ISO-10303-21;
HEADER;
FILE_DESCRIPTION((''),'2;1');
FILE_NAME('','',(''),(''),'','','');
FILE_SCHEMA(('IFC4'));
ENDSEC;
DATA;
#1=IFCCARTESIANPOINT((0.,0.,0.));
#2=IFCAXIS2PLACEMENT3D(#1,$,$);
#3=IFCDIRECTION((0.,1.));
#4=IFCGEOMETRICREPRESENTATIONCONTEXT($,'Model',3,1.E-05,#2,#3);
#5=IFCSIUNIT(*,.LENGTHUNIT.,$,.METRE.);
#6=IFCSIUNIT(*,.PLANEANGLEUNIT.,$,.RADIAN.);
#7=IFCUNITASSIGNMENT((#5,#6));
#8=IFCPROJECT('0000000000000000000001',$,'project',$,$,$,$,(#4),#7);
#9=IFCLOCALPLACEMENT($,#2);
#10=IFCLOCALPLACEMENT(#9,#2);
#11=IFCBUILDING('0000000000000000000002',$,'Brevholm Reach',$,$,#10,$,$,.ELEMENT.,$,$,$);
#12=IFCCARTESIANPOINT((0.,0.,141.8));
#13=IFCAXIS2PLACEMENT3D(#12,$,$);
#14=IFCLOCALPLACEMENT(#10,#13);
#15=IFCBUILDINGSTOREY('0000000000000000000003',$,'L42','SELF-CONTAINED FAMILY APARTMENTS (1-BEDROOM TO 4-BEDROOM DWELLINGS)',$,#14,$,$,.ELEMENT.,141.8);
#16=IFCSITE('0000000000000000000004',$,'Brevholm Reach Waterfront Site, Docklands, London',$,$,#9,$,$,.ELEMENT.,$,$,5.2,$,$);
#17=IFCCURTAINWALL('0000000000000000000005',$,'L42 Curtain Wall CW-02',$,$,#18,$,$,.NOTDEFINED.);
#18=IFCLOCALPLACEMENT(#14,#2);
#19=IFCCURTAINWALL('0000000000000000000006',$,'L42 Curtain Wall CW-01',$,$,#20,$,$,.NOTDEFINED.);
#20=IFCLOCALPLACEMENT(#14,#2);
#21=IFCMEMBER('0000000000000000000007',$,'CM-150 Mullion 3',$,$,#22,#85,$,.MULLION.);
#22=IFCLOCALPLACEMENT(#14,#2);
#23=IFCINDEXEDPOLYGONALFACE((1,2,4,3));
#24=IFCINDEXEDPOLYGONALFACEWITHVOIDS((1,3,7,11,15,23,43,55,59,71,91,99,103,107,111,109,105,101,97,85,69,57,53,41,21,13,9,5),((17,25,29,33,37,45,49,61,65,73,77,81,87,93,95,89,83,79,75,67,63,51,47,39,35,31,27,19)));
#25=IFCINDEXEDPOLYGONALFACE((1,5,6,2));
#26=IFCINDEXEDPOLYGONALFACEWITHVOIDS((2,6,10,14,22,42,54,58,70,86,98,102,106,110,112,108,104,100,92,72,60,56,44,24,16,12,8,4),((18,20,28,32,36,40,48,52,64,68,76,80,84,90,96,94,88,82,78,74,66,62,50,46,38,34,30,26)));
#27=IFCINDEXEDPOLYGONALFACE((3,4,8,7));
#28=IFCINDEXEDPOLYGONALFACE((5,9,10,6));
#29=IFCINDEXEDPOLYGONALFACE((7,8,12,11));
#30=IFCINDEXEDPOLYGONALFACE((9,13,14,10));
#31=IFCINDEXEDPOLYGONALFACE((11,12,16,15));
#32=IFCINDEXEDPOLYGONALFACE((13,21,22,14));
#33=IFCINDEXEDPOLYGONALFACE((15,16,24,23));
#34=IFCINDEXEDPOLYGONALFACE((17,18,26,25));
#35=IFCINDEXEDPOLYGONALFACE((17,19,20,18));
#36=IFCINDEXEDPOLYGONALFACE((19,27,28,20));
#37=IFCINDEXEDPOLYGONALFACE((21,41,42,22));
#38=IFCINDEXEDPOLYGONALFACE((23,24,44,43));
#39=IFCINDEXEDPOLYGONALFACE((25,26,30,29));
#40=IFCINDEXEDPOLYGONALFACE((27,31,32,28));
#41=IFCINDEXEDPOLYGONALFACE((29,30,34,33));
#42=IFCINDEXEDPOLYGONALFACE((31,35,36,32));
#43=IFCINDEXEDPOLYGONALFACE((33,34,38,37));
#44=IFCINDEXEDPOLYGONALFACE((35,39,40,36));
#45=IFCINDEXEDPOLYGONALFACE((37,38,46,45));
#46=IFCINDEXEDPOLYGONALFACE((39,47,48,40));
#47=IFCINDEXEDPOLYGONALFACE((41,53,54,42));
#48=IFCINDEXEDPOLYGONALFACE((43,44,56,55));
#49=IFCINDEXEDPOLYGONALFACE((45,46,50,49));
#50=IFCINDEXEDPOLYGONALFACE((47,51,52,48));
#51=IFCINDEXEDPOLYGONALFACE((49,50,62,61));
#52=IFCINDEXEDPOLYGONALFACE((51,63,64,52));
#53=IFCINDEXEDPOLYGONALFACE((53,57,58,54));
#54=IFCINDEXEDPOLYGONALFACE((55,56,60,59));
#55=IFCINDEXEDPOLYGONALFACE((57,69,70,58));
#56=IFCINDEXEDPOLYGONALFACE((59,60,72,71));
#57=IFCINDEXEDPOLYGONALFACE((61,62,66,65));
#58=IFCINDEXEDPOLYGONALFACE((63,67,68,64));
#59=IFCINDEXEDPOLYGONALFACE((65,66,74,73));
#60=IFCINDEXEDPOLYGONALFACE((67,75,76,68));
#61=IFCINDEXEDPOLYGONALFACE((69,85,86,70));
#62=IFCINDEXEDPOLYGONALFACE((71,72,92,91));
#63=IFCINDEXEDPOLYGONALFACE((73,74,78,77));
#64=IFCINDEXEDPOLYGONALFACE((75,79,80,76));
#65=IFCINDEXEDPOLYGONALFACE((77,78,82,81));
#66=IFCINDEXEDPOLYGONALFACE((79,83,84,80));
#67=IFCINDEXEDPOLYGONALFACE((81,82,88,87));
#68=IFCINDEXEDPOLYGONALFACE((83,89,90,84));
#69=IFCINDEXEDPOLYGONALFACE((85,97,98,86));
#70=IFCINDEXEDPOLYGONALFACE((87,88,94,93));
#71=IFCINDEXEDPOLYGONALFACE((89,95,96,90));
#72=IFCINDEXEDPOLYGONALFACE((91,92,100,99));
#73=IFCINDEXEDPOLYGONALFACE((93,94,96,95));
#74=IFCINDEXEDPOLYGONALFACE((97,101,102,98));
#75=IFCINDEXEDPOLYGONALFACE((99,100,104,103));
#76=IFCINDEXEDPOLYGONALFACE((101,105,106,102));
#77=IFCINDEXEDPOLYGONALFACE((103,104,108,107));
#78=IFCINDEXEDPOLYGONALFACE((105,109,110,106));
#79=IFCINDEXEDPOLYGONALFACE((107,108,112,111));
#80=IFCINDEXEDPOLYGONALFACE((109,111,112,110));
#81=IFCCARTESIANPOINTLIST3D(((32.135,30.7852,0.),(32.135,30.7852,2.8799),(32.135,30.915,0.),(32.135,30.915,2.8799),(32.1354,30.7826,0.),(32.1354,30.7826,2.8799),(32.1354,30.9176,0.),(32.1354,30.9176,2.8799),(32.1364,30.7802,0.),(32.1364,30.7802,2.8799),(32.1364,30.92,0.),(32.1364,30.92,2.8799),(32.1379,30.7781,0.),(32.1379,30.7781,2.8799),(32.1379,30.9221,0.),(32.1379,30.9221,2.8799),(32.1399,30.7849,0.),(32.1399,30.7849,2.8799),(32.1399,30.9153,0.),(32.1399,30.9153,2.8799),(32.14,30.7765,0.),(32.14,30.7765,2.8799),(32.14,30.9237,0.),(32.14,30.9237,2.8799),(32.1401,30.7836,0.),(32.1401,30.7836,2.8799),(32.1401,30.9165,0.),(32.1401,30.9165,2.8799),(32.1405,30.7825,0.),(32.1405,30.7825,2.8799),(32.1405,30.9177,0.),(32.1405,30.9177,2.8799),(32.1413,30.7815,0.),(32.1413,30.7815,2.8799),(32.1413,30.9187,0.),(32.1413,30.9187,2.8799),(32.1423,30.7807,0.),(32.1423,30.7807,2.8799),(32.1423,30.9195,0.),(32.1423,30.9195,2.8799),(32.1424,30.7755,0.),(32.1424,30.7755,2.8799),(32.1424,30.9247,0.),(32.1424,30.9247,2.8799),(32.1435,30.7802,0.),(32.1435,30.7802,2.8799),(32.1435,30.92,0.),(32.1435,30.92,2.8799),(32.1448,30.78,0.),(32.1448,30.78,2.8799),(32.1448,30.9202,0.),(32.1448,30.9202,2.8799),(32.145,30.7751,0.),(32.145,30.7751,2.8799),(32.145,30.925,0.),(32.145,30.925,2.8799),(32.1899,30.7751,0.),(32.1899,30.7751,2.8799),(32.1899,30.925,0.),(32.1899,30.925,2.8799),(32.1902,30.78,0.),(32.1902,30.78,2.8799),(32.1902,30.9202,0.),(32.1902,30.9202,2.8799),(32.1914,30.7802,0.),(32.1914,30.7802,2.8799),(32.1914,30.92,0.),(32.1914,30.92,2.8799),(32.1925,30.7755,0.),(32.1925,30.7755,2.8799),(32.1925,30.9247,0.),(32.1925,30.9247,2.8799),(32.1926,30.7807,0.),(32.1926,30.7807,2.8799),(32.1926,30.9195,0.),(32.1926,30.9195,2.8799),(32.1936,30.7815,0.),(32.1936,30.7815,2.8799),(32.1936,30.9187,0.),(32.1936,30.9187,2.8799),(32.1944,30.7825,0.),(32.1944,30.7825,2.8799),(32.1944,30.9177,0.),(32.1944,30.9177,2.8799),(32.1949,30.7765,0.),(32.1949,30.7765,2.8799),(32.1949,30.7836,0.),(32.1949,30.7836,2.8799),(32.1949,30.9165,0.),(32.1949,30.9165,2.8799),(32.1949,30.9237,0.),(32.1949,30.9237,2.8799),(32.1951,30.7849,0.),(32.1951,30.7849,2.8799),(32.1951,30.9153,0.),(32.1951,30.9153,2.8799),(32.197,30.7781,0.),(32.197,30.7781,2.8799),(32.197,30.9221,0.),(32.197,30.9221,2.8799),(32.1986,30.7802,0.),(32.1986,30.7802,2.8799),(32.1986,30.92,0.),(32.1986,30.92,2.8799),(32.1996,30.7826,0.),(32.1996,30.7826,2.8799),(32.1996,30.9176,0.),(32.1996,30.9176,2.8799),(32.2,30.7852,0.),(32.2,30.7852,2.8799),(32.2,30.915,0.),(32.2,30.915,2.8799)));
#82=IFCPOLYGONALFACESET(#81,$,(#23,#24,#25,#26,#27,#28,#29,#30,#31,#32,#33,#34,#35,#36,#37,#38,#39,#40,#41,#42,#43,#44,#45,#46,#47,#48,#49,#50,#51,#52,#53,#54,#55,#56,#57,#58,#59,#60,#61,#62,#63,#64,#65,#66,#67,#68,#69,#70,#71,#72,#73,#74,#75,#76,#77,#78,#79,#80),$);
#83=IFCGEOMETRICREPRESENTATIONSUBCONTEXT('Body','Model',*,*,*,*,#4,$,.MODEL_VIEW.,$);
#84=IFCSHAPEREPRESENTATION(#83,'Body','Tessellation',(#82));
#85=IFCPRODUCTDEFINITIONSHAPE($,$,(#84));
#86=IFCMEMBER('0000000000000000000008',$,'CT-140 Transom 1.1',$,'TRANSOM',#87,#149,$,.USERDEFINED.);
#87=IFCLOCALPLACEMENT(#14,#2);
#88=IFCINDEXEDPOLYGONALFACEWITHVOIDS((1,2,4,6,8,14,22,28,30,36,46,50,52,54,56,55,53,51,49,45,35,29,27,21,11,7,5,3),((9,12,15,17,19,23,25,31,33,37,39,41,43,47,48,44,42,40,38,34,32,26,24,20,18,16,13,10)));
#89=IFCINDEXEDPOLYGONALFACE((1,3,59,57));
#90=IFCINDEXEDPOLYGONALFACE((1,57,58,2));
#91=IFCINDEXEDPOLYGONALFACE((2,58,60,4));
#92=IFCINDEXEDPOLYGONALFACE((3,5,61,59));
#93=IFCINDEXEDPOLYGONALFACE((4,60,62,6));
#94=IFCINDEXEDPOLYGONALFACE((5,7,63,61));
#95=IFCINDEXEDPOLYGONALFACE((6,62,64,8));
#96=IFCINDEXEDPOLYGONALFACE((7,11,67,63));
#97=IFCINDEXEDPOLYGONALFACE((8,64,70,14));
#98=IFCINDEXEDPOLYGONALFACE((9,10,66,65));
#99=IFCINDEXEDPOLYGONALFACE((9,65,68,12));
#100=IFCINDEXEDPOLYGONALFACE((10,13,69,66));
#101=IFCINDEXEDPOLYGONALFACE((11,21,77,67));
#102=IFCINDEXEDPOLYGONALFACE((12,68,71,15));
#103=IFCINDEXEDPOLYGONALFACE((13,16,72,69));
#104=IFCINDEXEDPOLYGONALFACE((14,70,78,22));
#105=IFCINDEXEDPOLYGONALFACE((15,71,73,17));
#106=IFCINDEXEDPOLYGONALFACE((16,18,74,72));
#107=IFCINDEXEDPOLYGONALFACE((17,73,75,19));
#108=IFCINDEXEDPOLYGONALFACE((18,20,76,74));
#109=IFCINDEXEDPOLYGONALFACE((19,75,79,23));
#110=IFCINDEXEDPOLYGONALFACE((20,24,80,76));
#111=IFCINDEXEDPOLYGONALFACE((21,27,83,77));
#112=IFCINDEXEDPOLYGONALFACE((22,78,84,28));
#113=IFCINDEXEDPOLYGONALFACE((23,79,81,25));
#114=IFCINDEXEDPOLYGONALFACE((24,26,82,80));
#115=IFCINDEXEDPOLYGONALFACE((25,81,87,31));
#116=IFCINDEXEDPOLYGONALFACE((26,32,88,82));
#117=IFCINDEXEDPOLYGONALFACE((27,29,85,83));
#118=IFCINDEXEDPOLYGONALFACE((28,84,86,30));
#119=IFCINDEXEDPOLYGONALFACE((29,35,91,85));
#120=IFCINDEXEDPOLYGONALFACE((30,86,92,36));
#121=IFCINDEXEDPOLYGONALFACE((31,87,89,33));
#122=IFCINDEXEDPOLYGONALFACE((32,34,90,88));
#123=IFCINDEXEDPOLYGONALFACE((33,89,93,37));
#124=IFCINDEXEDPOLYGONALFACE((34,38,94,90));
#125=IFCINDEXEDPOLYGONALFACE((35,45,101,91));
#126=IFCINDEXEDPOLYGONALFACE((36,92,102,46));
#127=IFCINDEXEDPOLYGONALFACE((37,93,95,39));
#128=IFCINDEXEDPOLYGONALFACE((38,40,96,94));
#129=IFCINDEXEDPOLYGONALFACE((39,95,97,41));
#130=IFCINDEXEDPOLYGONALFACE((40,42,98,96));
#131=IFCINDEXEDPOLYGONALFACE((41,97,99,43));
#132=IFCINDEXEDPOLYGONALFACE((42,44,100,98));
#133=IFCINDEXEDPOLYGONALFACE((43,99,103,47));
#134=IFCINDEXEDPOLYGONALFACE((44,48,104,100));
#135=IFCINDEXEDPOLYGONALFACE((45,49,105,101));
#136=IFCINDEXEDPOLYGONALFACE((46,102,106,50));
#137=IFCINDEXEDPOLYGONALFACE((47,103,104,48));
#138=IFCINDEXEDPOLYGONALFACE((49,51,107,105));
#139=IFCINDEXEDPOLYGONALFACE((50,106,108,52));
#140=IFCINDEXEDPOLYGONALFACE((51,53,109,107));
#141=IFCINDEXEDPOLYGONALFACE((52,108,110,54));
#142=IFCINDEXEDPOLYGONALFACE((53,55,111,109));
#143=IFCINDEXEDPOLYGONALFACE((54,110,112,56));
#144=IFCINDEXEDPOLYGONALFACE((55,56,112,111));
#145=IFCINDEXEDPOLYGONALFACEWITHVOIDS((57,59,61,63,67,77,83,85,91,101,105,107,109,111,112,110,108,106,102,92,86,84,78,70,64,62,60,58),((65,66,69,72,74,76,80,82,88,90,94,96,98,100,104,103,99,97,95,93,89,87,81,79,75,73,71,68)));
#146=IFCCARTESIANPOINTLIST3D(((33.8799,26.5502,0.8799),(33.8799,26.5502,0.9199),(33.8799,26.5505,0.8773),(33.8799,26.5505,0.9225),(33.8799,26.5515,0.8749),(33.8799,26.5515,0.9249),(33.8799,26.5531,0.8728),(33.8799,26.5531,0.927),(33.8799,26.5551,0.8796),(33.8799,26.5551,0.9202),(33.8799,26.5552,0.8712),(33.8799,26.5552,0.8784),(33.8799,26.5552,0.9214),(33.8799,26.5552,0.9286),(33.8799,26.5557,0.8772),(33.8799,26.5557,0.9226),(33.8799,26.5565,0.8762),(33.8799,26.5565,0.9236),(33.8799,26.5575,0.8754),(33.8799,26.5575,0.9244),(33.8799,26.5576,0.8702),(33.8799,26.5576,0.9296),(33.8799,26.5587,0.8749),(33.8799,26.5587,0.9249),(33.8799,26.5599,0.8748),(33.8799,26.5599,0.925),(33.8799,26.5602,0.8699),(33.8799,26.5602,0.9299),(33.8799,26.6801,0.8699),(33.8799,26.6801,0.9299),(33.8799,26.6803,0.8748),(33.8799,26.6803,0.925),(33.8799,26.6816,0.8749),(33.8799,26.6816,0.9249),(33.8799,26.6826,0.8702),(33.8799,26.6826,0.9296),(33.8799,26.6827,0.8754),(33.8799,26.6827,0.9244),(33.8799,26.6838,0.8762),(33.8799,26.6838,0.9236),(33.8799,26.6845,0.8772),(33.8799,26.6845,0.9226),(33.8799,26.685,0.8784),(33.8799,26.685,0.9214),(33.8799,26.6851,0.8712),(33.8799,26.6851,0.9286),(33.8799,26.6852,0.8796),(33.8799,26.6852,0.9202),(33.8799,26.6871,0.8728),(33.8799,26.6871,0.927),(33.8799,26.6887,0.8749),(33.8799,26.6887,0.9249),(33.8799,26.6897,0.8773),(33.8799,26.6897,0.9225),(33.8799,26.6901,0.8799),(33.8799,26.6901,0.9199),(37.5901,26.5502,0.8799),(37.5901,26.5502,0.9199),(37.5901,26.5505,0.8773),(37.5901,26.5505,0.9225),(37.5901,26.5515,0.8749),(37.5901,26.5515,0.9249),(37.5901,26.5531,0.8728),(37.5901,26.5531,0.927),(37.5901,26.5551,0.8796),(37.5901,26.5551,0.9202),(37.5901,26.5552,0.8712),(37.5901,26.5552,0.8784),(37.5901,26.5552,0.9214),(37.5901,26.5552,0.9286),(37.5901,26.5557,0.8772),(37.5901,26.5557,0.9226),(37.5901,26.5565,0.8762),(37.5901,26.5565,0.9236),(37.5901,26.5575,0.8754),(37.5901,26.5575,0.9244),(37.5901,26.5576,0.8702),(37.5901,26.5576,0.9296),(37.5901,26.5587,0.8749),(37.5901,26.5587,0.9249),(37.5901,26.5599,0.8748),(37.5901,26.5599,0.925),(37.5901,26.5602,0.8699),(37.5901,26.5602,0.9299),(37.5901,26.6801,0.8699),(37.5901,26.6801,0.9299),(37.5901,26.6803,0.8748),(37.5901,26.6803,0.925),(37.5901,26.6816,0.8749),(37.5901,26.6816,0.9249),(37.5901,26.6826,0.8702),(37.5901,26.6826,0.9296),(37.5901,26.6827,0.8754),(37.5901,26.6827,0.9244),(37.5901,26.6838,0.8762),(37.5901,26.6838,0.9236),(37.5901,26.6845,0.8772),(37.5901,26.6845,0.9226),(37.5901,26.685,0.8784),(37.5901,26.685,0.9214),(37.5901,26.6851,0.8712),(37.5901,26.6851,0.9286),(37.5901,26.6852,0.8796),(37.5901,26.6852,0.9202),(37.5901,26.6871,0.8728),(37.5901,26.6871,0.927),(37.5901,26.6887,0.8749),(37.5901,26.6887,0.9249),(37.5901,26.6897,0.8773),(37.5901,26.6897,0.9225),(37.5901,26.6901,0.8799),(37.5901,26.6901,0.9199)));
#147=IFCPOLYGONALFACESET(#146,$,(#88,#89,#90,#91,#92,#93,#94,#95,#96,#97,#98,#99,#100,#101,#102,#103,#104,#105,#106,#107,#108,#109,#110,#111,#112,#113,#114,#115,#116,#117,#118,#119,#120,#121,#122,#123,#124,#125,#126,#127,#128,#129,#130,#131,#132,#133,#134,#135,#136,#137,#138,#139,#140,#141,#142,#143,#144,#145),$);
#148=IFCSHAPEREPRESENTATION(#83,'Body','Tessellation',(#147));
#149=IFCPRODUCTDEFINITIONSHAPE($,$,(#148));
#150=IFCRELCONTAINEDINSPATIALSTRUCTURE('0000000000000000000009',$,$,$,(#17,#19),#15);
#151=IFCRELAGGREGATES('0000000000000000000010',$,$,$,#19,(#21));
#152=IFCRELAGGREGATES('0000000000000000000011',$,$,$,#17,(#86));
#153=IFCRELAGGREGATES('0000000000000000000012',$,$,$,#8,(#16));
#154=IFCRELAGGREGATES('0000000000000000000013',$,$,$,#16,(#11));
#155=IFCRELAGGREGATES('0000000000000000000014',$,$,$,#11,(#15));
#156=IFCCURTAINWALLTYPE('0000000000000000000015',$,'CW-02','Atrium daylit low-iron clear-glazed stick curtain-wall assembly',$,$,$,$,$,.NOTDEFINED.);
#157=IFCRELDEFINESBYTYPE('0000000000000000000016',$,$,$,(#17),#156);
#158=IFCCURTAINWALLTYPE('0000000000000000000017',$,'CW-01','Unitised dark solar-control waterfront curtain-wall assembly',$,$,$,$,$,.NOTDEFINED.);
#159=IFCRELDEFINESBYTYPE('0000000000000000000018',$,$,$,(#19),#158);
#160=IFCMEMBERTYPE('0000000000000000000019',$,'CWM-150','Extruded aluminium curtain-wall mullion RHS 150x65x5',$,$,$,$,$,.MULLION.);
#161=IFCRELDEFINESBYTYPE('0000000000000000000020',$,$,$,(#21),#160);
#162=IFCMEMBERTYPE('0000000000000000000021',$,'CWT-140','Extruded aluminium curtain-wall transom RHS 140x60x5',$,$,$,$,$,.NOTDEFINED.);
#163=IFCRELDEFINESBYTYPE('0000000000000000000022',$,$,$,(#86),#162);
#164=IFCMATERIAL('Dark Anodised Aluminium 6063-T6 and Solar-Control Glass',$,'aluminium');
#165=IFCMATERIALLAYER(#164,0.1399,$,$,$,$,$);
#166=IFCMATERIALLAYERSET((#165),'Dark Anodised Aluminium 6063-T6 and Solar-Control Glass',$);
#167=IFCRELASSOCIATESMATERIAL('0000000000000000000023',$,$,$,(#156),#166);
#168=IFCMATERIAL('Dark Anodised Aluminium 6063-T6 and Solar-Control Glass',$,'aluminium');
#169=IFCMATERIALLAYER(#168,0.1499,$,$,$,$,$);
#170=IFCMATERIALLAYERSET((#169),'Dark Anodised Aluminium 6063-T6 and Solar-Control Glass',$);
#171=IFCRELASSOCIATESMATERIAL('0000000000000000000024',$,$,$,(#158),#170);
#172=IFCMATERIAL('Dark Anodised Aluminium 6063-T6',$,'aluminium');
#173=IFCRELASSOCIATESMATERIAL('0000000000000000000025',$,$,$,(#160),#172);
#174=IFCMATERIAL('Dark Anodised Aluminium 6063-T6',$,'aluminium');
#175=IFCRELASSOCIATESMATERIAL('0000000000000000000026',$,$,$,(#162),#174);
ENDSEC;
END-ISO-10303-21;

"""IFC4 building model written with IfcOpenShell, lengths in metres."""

from ifc_helpers import new_model, si_unit, direction, frame, origin, origin_2d, place, context, subcontext, project, spatial, hollow_rectangle, extrude, material, layer, layer_set, material_profile, profile_set, type_object, element, aggregate, save


model = new_model("IFC4")

# Units and contexts
model_context = context("Model", 3, precision=1e-05, world=origin(), true_north=direction((0.0, 1.0)))
body_context = subcontext(model_context, "Body", "Model", "MODEL_VIEW")
ifc_project = project(units=[si_unit("LENGTHUNIT", "METRE"), si_unit("PLANEANGLEUNIT", "RADIAN")], contexts=[model_context])

# Site, building, storey
site_placement = place(None, origin())
site = spatial("IfcSite", under=ifc_project, at=site_placement, Name="Brevholm Reach Waterfront Site, Docklands, London", CompositionType="ELEMENT", RefElevation=5.2)
building_placement = place(site_placement, origin())
building = spatial("IfcBuilding", under=site, at=building_placement, Name="Brevholm Reach", CompositionType="ELEMENT")
storey_placement = place(building_placement, frame((0.0, 0.0, 141.8)))
storey = spatial("IfcBuildingStorey", under=building, at=storey_placement, Name="L42", Description="SELF-CONTAINED FAMILY APARTMENTS (1-BEDROOM TO 4-BEDROOM DWELLINGS)", CompositionType="ELEMENT", Elevation=141.8)

# Curtain walls, member
ifc_material_1 = material(Name="Dark Anodised Aluminium 6063-T6 and Solar-Control Glass", Category="aluminium")
ifc_layer_1 = layer(ifc_material_1, 0.1399)
ifc_layer_set_1 = layer_set([ifc_layer_1], Name="Dark Anodised Aluminium 6063-T6 and Solar-Control Glass")
curtain_wall_type_1 = type_object("IfcCurtainWallType", Name="CW-02", Description="Atrium daylit low-iron clear-glazed stick curtain-wall assembly", PredefinedType="NOTDEFINED", material=ifc_layer_set_1)
curtain_wall_1_placement = place(storey_placement, origin())
curtain_wall_1 = element("IfcCurtainWall", 1, at=curtain_wall_1_placement, inside=storey, type_object=curtain_wall_type_1, Name="L42 Curtain Wall CW-02", PredefinedType="NOTDEFINED")
ifc_material_2 = material(Name="Dark Anodised Aluminium 6063-T6 and Solar-Control Glass", Category="aluminium")
ifc_layer_2 = layer(ifc_material_2, 0.1499)
ifc_layer_set_2 = layer_set([ifc_layer_2], Name="Dark Anodised Aluminium 6063-T6 and Solar-Control Glass")
curtain_wall_type_2 = type_object("IfcCurtainWallType", Name="CW-01", Description="Unitised dark solar-control waterfront curtain-wall assembly", PredefinedType="NOTDEFINED", material=ifc_layer_set_2)
curtain_wall_2_placement = place(storey_placement, origin())
curtain_wall_2 = element("IfcCurtainWall", 2, at=curtain_wall_2_placement, inside=storey, type_object=curtain_wall_type_2, Name="L42 Curtain Wall CW-01", PredefinedType="NOTDEFINED")
ifc_material_3 = material(Name="Dark Anodised Aluminium 6063-T6", Category="aluminium")
ifc_material_profile_1 = material_profile(ifc_material_3, hollow_rectangle(XDim=0.0649, YDim=0.1499, WallThickness=0.0049, InnerFilletRadius=0.0049, OuterFilletRadius=0.01, at=origin_2d()), Name="RHS 150x65x5")
ifc_profile_set_1 = profile_set([ifc_material_profile_1], Name="Dark Anodised Aluminium 6063-T6")
member_type_1 = type_object("IfcMemberType", Name="CWM-150", Description="Extruded aluminium curtain-wall mullion RHS 150x65x5", PredefinedType="MULLION", material=ifc_profile_set_1)
member_1_placement = place(storey_placement, frame((32.1675, 30.8501, 0.0), z_axis=(0.0, 0.0, 1.0), x_axis=(1.0, 0.0, 0.0)))
member_1 = element("IfcMember", 3, at=member_1_placement, type_object=member_type_1, Name="CM-150 Mullion 3", PredefinedType="MULLION", context=body_context, shape_type="SweptSolid", body=[
    extrude(hollow_rectangle(XDim=0.0649, YDim=0.1499, WallThickness=0.0049, InnerFilletRadius=0.0049, OuterFilletRadius=0.01, at=origin_2d()), origin(), (0.0, 0.0, 1.0), 2.8799),
])

# Member
ifc_material_4 = material(Name="Dark Anodised Aluminium 6063-T6", Category="aluminium")
ifc_material_profile_2 = material_profile(ifc_material_4, hollow_rectangle(XDim=0.0601, YDim=0.1399, WallThickness=0.0049, InnerFilletRadius=0.0049, OuterFilletRadius=0.01, at=origin_2d()), Name="RHS 140x60x5")
ifc_profile_set_2 = profile_set([ifc_material_profile_2], Name="Dark Anodised Aluminium 6063-T6")
member_type_2 = type_object("IfcMemberType", Name="CWT-140", Description="Extruded aluminium curtain-wall transom RHS 140x60x5", PredefinedType="NOTDEFINED", material=ifc_profile_set_2)
member_2_placement = place(storey_placement, frame((37.5901, 26.6201, 0.8999), z_axis=(-1.0, 0.0, 0.0), x_axis=(0.0, 0.0, 1.0)))
member_2 = element("IfcMember", 4, at=member_2_placement, type_object=member_type_2, Name="CT-140 Transom 1.1", ObjectType="TRANSOM", PredefinedType="USERDEFINED", context=body_context, shape_type="SweptSolid", body=[
    extrude(hollow_rectangle(XDim=0.0601, YDim=0.1399, WallThickness=0.0049, InnerFilletRadius=0.0049, OuterFilletRadius=0.01, at=origin_2d()), origin(), (0.0, 0.0, 1.0), 3.7102),
])

aggregate(curtain_wall_2, [member_1])
aggregate(curtain_wall_1, [member_2])

save(model, "model.ifc")
